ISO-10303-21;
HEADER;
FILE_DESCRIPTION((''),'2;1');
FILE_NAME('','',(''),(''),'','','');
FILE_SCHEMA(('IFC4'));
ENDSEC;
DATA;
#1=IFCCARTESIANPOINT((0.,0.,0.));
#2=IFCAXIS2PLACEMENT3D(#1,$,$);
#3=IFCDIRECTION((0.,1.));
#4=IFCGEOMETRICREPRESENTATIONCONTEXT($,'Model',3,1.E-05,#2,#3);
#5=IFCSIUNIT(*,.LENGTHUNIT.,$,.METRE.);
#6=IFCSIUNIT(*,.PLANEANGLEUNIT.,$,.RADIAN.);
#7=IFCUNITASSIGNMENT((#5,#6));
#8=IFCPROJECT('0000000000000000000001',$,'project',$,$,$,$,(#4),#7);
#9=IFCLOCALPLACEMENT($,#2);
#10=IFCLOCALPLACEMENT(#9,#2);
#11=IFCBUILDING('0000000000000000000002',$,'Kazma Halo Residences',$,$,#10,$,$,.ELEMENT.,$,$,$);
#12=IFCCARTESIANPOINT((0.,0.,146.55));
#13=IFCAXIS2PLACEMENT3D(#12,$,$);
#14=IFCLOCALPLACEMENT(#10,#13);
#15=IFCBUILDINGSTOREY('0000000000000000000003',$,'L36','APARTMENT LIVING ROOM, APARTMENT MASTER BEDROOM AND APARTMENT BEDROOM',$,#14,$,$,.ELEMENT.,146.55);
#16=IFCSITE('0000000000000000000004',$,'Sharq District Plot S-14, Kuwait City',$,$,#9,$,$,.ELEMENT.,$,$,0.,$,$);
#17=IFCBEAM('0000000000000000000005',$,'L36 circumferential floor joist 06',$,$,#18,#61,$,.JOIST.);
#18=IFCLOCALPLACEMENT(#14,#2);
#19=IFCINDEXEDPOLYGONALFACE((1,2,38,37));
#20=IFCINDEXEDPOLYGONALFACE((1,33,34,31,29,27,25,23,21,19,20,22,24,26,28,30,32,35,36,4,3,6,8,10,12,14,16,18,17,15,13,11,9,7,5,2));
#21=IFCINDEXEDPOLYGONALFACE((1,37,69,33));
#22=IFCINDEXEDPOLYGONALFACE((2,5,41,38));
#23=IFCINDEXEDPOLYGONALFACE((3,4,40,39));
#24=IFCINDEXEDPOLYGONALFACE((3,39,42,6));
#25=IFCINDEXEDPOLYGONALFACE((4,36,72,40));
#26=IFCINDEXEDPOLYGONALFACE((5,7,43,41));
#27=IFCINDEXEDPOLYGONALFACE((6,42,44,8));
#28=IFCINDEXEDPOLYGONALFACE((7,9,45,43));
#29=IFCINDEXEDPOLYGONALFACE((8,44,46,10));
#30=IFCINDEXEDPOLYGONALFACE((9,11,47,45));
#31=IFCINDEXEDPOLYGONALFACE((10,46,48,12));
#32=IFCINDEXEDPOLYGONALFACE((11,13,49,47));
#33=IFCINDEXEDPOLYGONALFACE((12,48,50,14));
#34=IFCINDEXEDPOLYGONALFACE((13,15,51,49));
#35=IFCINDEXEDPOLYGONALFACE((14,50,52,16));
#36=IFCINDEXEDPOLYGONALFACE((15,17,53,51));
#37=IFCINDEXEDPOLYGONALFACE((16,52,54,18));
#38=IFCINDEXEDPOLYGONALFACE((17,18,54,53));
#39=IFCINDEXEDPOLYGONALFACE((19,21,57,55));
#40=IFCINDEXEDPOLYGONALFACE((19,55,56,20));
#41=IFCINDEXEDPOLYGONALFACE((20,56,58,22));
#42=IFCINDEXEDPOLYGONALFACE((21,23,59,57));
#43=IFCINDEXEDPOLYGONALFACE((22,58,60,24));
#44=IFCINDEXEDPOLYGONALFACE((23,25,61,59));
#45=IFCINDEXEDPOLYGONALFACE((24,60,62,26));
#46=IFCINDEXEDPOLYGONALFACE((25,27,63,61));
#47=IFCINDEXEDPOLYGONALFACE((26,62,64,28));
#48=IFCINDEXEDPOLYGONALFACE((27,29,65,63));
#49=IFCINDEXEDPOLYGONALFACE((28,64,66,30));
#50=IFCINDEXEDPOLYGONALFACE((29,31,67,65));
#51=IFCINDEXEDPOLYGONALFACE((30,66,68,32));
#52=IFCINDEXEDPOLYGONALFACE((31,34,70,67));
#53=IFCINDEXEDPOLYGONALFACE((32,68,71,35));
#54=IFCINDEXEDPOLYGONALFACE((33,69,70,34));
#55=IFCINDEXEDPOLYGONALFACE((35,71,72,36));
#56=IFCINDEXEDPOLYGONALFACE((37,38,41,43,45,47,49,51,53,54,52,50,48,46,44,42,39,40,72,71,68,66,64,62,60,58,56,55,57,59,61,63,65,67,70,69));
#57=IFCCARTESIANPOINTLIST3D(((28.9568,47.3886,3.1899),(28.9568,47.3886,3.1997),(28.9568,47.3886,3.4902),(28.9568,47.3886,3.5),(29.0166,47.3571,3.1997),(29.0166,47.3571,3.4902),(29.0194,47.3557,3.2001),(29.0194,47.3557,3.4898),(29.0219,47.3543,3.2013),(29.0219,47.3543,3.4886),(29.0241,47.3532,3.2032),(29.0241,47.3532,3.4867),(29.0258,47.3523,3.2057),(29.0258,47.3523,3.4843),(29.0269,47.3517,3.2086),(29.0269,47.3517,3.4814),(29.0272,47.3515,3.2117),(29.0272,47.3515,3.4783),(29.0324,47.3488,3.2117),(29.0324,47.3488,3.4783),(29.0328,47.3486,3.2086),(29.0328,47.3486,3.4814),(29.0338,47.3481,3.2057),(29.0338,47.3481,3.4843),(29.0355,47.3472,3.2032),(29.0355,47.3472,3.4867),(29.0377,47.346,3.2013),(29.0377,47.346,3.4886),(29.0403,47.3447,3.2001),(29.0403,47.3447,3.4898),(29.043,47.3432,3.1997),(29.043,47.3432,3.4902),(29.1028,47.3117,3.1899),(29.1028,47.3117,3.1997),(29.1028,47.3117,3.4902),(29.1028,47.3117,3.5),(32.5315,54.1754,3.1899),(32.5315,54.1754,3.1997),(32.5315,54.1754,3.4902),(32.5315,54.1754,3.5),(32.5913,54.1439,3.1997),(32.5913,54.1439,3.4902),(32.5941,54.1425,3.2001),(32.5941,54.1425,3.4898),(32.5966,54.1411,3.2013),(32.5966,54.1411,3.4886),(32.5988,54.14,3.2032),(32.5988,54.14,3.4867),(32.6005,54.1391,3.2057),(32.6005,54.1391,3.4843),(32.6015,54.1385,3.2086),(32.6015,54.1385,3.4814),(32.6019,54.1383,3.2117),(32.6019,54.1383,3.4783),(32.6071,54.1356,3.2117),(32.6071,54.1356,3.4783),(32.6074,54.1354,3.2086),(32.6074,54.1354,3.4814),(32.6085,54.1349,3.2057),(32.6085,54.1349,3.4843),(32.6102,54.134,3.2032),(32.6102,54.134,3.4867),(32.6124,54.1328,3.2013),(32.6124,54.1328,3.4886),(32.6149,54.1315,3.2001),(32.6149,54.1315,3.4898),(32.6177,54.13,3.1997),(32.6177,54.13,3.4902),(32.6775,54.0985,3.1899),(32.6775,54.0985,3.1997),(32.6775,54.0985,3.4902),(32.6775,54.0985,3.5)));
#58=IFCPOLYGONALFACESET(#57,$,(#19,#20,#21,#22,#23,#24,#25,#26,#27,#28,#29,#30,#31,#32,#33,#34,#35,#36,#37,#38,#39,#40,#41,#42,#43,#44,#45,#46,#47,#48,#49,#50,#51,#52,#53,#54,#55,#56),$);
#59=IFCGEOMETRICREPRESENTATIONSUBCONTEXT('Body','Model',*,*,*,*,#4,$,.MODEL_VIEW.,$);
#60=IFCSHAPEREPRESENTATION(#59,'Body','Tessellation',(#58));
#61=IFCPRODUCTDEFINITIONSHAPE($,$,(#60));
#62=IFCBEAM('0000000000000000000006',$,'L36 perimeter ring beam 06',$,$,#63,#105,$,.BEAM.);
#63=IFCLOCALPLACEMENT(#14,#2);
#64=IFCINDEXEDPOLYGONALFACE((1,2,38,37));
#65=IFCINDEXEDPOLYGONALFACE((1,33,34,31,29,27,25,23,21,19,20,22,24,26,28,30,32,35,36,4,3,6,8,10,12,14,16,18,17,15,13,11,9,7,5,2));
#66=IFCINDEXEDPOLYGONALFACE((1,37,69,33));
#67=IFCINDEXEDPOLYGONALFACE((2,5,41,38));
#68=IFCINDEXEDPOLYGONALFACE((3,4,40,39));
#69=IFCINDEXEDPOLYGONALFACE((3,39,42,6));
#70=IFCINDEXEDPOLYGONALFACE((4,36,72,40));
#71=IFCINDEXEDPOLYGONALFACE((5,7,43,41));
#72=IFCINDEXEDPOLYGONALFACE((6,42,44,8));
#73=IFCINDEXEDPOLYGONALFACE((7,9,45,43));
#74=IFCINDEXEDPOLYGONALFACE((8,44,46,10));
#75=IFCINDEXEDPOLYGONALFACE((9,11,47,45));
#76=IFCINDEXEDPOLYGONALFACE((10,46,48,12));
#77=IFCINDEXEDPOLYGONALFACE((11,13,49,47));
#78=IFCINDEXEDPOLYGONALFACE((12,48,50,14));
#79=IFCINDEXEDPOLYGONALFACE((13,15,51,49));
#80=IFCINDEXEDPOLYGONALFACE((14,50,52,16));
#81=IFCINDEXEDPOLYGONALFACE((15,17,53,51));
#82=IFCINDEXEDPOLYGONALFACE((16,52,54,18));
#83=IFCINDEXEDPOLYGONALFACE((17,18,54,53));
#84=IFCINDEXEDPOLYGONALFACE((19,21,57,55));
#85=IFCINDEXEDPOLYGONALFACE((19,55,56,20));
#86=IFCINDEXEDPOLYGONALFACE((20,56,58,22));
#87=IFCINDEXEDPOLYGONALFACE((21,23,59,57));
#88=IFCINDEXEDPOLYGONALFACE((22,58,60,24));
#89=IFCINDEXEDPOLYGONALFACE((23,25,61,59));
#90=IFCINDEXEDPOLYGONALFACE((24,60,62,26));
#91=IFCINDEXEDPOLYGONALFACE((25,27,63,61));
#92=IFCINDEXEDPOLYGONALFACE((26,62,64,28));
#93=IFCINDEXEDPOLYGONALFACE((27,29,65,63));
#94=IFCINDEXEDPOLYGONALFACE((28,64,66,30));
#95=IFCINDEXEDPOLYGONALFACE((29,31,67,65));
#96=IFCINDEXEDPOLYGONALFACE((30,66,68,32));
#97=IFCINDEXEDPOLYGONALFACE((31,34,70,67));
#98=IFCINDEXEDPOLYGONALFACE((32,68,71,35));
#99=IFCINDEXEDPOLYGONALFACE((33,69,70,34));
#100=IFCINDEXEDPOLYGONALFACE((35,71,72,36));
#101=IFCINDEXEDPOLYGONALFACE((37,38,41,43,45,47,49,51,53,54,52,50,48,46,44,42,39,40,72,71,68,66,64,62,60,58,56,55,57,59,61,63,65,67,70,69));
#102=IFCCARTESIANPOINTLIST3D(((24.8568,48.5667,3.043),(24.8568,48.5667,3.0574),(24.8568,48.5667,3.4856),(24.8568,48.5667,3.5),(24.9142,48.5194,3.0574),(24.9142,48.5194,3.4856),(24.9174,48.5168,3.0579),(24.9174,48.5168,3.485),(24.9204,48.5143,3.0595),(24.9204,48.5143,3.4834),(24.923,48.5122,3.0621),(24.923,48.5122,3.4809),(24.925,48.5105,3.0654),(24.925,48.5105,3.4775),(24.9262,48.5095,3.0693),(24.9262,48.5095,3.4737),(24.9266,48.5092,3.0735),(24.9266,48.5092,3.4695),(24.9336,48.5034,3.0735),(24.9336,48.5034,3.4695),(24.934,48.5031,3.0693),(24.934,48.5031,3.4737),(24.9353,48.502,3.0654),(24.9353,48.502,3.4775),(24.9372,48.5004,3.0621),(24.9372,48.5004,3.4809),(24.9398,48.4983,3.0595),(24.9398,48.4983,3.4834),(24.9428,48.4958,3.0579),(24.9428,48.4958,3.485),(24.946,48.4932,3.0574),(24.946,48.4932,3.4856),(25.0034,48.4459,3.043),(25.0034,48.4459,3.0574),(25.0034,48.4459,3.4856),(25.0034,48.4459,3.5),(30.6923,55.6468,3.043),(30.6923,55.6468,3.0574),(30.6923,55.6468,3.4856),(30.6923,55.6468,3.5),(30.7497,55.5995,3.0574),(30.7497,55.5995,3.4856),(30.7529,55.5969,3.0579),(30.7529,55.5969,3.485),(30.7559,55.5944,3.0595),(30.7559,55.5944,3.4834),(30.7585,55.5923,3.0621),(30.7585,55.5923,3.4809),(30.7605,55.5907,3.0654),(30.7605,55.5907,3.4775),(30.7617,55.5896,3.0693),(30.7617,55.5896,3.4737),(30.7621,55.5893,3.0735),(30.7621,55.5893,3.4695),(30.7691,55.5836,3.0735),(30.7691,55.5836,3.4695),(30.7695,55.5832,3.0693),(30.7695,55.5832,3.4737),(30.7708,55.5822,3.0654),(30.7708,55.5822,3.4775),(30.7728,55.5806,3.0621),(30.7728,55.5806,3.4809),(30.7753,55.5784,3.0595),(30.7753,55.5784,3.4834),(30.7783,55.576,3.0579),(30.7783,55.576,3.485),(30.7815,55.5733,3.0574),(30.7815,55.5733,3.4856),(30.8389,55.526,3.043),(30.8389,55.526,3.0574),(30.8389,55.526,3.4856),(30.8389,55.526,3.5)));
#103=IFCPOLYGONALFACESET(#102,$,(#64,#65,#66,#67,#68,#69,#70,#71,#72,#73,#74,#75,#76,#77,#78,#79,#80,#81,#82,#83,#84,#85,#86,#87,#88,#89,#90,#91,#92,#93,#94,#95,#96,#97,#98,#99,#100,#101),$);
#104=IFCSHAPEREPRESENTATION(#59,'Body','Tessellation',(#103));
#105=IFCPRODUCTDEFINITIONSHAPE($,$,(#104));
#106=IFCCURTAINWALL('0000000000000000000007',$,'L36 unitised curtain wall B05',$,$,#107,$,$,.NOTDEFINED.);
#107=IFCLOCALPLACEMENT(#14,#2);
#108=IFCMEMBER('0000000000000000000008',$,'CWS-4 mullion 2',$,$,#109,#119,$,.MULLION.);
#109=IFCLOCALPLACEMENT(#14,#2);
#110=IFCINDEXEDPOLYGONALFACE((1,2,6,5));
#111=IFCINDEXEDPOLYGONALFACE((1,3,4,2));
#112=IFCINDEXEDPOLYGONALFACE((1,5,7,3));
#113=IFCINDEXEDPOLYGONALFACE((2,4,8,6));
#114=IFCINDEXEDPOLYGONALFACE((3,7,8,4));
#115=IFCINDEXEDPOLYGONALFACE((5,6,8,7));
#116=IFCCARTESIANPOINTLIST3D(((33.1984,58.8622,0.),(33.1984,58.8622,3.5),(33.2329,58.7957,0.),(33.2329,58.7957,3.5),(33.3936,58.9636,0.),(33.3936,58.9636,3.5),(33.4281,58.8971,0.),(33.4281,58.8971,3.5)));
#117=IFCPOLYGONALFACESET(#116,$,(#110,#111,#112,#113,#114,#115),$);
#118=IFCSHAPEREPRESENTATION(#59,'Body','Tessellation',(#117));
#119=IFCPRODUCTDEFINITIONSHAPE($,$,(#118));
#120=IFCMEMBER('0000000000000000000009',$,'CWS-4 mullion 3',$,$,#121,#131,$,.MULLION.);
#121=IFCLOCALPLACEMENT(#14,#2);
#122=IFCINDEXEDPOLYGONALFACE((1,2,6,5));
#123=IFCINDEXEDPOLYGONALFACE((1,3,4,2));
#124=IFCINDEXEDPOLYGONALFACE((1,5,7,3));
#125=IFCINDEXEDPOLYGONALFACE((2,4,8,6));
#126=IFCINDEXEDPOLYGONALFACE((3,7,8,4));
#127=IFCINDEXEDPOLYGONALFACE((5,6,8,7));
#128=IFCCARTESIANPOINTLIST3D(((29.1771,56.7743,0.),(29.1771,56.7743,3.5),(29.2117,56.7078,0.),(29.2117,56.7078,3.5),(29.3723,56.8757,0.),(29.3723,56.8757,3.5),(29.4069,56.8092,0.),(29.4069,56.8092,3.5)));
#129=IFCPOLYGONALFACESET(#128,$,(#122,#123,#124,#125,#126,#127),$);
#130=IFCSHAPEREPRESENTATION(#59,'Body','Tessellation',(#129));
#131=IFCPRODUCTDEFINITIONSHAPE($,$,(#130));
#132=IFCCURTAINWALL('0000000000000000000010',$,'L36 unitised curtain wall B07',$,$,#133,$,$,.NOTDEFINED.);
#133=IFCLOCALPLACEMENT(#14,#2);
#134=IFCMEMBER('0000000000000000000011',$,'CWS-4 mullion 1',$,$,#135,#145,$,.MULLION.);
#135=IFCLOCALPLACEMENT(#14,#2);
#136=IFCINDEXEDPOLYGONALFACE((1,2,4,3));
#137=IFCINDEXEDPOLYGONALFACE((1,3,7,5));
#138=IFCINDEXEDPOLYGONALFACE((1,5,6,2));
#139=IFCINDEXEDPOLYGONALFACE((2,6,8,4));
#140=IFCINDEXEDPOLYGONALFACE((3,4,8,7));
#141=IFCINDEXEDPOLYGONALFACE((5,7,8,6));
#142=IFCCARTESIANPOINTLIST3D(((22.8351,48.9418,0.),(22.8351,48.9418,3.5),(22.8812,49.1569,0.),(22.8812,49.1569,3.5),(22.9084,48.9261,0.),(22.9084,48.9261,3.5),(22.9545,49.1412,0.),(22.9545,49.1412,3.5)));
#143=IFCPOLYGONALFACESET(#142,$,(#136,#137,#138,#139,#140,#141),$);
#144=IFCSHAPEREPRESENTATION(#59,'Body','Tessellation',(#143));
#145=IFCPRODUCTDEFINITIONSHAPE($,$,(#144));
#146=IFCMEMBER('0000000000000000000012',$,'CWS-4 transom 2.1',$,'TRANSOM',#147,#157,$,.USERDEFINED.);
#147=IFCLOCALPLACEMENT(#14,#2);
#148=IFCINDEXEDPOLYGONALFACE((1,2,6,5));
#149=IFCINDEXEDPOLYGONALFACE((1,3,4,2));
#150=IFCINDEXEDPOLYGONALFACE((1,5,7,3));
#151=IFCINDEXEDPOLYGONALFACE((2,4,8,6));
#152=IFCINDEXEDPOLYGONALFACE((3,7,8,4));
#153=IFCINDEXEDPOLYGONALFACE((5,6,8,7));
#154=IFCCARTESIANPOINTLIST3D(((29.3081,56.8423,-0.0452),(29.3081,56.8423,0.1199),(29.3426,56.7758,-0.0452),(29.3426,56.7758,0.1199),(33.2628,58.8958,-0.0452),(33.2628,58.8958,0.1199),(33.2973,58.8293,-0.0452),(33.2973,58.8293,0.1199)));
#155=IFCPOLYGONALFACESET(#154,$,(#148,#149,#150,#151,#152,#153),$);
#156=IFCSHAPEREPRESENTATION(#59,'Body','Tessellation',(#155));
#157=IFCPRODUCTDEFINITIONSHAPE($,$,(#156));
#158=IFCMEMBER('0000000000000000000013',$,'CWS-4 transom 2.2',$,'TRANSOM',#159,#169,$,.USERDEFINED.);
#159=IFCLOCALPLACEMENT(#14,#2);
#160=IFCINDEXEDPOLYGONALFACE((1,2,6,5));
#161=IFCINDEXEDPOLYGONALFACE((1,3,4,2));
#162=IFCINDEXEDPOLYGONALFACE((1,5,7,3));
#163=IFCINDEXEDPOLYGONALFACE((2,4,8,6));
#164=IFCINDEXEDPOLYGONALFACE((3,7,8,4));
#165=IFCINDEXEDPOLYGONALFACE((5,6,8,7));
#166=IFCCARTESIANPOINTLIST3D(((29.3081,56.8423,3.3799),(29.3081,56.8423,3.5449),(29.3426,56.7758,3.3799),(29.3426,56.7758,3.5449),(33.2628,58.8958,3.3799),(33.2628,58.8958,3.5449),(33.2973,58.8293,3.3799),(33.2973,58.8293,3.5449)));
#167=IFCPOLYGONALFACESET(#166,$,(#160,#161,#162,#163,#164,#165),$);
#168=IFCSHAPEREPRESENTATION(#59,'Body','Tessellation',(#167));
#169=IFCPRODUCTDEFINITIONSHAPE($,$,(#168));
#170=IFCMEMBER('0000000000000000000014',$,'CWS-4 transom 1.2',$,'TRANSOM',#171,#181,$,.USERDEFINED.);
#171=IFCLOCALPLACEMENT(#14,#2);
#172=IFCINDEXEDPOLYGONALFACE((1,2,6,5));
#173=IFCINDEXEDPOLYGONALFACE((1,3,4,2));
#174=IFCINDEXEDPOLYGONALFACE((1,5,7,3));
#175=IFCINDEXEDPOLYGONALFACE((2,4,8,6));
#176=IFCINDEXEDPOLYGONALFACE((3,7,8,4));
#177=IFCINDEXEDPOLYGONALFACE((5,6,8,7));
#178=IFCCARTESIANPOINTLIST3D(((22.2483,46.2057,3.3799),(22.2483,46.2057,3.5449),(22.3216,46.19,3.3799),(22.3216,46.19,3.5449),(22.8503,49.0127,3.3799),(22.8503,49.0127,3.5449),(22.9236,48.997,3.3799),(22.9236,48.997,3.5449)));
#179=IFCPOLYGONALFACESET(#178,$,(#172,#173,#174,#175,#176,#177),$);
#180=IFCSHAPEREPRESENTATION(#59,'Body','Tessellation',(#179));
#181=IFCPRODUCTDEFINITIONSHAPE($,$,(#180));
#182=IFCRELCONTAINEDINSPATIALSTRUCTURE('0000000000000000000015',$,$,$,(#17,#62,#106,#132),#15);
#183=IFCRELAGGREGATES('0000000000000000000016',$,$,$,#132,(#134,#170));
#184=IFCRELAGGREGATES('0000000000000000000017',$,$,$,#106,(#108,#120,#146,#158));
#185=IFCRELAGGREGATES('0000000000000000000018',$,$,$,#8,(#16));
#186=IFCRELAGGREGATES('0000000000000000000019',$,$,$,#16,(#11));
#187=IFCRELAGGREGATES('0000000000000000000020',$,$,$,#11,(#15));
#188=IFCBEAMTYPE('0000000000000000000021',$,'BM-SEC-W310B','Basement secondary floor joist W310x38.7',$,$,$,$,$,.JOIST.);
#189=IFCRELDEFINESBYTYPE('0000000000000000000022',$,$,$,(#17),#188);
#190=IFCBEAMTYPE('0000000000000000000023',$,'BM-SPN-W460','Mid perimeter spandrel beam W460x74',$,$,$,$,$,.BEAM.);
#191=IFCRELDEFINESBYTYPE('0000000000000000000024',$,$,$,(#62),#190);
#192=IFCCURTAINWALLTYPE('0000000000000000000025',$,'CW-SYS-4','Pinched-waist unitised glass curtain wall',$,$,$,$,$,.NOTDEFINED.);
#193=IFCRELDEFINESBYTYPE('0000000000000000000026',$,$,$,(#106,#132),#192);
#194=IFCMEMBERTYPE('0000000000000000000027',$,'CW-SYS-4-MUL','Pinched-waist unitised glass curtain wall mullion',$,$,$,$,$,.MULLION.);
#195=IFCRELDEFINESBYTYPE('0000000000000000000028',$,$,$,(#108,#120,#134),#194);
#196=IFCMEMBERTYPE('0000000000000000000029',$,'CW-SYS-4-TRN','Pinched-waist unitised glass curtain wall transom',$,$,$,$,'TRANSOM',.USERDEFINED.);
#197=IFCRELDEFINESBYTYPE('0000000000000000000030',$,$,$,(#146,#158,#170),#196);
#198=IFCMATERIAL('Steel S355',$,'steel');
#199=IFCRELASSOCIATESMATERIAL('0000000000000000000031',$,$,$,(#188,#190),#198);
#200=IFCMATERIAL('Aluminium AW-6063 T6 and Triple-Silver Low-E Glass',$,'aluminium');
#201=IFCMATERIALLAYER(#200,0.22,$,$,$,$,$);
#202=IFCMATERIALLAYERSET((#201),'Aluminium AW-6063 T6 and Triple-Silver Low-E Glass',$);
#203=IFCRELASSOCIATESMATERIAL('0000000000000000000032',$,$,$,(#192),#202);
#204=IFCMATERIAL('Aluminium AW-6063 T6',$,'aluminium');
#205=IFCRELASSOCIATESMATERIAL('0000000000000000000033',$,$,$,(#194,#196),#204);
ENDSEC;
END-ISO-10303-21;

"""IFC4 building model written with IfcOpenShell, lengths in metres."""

from ifc_helpers import new_model, si_unit, direction, frame, origin, origin_2d, place, context, subcontext, project, spatial, rectangle, i_section, extrude, material, layer, layer_set, material_profile, profile_set, type_object, element, aggregate, save


model = new_model("IFC4")

# Units and contexts
model_context = context("Model", 3, precision=1e-05, world=origin(), true_north=direction((0.0, 1.0)))
body_context = subcontext(model_context, "Body", "Model", "MODEL_VIEW")
ifc_project = project(units=[si_unit("LENGTHUNIT", "METRE"), si_unit("PLANEANGLEUNIT", "RADIAN")], contexts=[model_context])

# Site, building, storey
site_placement = place(None, origin())
site = spatial("IfcSite", under=ifc_project, at=site_placement, Name="Sharq District Plot S-14, Kuwait City", CompositionType="ELEMENT", RefElevation=0.0)
building_placement = place(site_placement, origin())
building = spatial("IfcBuilding", under=site, at=building_placement, Name="Kazma Halo Residences", CompositionType="ELEMENT")
storey_placement = place(building_placement, frame((0.0, 0.0, 146.55)))
storey = spatial("IfcBuildingStorey", under=building, at=storey_placement, Name="L36", Description="APARTMENT LIVING ROOM, APARTMENT MASTER BEDROOM AND APARTMENT BEDROOM", CompositionType="ELEMENT", Elevation=146.55)

# Beams
ifc_material_1 = material(Name="Steel S355", Category="steel")
ifc_material_profile_1 = material_profile(ifc_material_1, i_section(OverallWidth=0.165, OverallDepth=0.3101, WebThickness=0.0059, FlangeThickness=0.0098, FilletRadius=0.012, at=origin_2d()), Name="W310x38.7")
ifc_profile_set_1 = profile_set([ifc_material_profile_1], Name="Steel S355")
beam_type_1 = type_object("IfcBeamType", Name="BM-SEC-W310B", Description="Basement secondary floor joist W310x38.7", PredefinedType="JOIST", material=ifc_profile_set_1)
beam_1_placement = place(storey_placement, frame((32.6045, 54.137, 3.345), z_axis=(-0.466019, -0.884775, 0.0), x_axis=(0.884775, -0.466019, 0.0)))
element("IfcBeam", 1, at=beam_1_placement, inside=storey, type_object=beam_type_1, Name="L36 circumferential floor joist 06", PredefinedType="JOIST", context=body_context, shape_type="SweptSolid", body=[
    extrude(i_section(OverallWidth=0.165, OverallDepth=0.3101, WebThickness=0.0059, FlangeThickness=0.0098, FilletRadius=0.012, at=origin_2d()), origin(), (0.0, 0.0, 1.0), 7.6707),
])
ifc_material_profile_2 = material_profile(ifc_material_1, i_section(OverallWidth=0.1899, OverallDepth=0.457, WebThickness=0.009, FlangeThickness=0.0144, FilletRadius=0.0161, at=origin_2d()), Name="W460x74")
ifc_profile_set_2 = profile_set([ifc_material_profile_2], Name="Steel S355")
beam_type_2 = type_object("IfcBeamType", Name="BM-SPN-W460", Description="Mid perimeter spandrel beam W460x74", PredefinedType="BEAM", material=ifc_profile_set_2)
beam_2_placement = place(storey_placement, frame((30.7656, 55.5864, 3.2715), z_axis=(-0.636019, -0.771674, 0.0), x_axis=(0.771674, -0.636019, 0.0)))
element("IfcBeam", 2, at=beam_2_placement, inside=storey, type_object=beam_type_2, Name="L36 perimeter ring beam 06", PredefinedType="BEAM", context=body_context, shape_type="SweptSolid", body=[
    extrude(i_section(OverallWidth=0.1899, OverallDepth=0.457, WebThickness=0.009, FlangeThickness=0.0144, FilletRadius=0.0161, at=origin_2d()), origin(), (0.0, 0.0, 1.0), 9.175),
])

# Curtain wall, members
ifc_material_2 = material(Name="Aluminium AW-6063 T6 and Triple-Silver Low-E Glass", Category="aluminium")
ifc_layer_1 = layer(ifc_material_2, 0.22)
ifc_layer_set_1 = layer_set([ifc_layer_1], Name="Aluminium AW-6063 T6 and Triple-Silver Low-E Glass")
curtain_wall_type = type_object("IfcCurtainWallType", Name="CW-SYS-4", Description="Pinched-waist unitised glass curtain wall", PredefinedType="NOTDEFINED", material=ifc_layer_set_1)
curtain_wall_1_placement = place(storey_placement, origin())
curtain_wall_1 = element("IfcCurtainWall", 3, at=curtain_wall_1_placement, inside=storey, type_object=curtain_wall_type, Name="L36 unitised curtain wall B05", PredefinedType="NOTDEFINED")
ifc_material_3 = material(Name="Aluminium AW-6063 T6", Category="aluminium")
ifc_material_profile_3 = material_profile(ifc_material_3, rectangle(XDim=0.075, YDim=0.22, at=origin_2d()), Name="CWM-75x220")
ifc_profile_set_3 = profile_set([ifc_material_profile_3], Name="Aluminium AW-6063 T6")
member_type_1 = type_object("IfcMemberType", Name="CW-SYS-4-MUL", Description="Pinched-waist unitised glass curtain wall mullion", PredefinedType="MULLION", material=ifc_profile_set_3)
member_1_placement = place(storey_placement, frame((33.3132, 58.8796, 0.0), z_axis=(0.0, 0.0, 1.0), x_axis=(0.460837, -0.887485, 0.0)))
member_1 = element("IfcMember", 4, at=member_1_placement, type_object=member_type_1, Name="CWS-4 mullion 2", PredefinedType="MULLION", context=body_context, shape_type="SweptSolid", body=[
    extrude(rectangle(XDim=0.075, YDim=0.22, at=origin_2d()), origin(), (0.0, 0.0, 1.0), 3.5),
])
member_2_placement = place(storey_placement, frame((29.292, 56.7917, 0.0), z_axis=(0.0, 0.0, 1.0), x_axis=(0.460837, -0.887485, 0.0)))
member_2 = element("IfcMember", 5, at=member_2_placement, type_object=member_type_1, Name="CWS-4 mullion 3", PredefinedType="MULLION", context=body_context, shape_type="SweptSolid", body=[
    extrude(rectangle(XDim=0.075, YDim=0.22, at=origin_2d()), origin(), (0.0, 0.0, 1.0), 3.5),
])

# Curtain wall, member
curtain_wall_2_placement = place(storey_placement, origin())
curtain_wall_2 = element("IfcCurtainWall", 6, at=curtain_wall_2_placement, inside=storey, type_object=curtain_wall_type, Name="L36 unitised curtain wall B07", PredefinedType="NOTDEFINED")
member_3_placement = place(storey_placement, frame((22.8948, 49.0415, 0.0), z_axis=(0.0, 0.0, 1.0), x_axis=(0.977765, -0.209704, 0.0)))
member_3 = element("IfcMember", 7, at=member_3_placement, type_object=member_type_1, Name="CWS-4 mullion 1", PredefinedType="MULLION", context=body_context, shape_type="SweptSolid", body=[
    extrude(rectangle(XDim=0.075, YDim=0.22, at=origin_2d()), origin(), (0.0, 0.0, 1.0), 3.5),
])

# Members
ifc_material_profile_4 = material_profile(ifc_material_3, rectangle(XDim=0.075, YDim=0.165, at=origin_2d()), Name="CWT-75x165")
ifc_profile_set_4 = profile_set([ifc_material_profile_4], Name="Aluminium AW-6063 T6")
member_type_2 = type_object("IfcMemberType", Name="CW-SYS-4-TRN", Description="Pinched-waist unitised glass curtain wall transom", ElementType="TRANSOM", PredefinedType="USERDEFINED", material=ifc_profile_set_4)
member_4_placement = place(storey_placement, frame((33.28, 58.8625, 0.0374), z_axis=(-0.887485, -0.460837, 0.0), x_axis=(0.460837, -0.887485, 0.0)))
member_4 = element("IfcMember", 8, at=member_4_placement, type_object=member_type_2, Name="CWS-4 transom 2.1", ObjectType="TRANSOM", PredefinedType="USERDEFINED", context=body_context, shape_type="SweptSolid", body=[
    extrude(rectangle(XDim=0.075, YDim=0.165, at=origin_2d()), origin(), (0.0, 0.0, 1.0), 4.4561),
])
member_5_placement = place(storey_placement, frame((33.28, 58.8625, 3.4624), z_axis=(-0.887485, -0.460837, 0.0), x_axis=(0.460837, -0.887485, 0.0)))
member_5 = element("IfcMember", 9, at=member_5_placement, type_object=member_type_2, Name="CWS-4 transom 2.2", ObjectType="TRANSOM", PredefinedType="USERDEFINED", context=body_context, shape_type="SweptSolid", body=[
    extrude(rectangle(XDim=0.075, YDim=0.165, at=origin_2d()), origin(), (0.0, 0.0, 1.0), 4.4561),
])
member_6_placement = place(storey_placement, frame((22.887, 49.0049, 3.4624), z_axis=(-0.209703, -0.977765, 0.0), x_axis=(0.977765, -0.209703, 0.0)))
member_6 = element("IfcMember", 10, at=member_6_placement, type_object=member_type_2, Name="CWS-4 transom 1.2", ObjectType="TRANSOM", PredefinedType="USERDEFINED", context=body_context, shape_type="SweptSolid", body=[
    extrude(rectangle(XDim=0.075, YDim=0.165, at=origin_2d()), origin(), (0.0, 0.0, 1.0), 2.8708),
])
aggregate(curtain_wall_2, [member_3, member_6])

aggregate(curtain_wall_1, [member_1, member_2, member_4, member_5])

save(model, "model.ifc")
